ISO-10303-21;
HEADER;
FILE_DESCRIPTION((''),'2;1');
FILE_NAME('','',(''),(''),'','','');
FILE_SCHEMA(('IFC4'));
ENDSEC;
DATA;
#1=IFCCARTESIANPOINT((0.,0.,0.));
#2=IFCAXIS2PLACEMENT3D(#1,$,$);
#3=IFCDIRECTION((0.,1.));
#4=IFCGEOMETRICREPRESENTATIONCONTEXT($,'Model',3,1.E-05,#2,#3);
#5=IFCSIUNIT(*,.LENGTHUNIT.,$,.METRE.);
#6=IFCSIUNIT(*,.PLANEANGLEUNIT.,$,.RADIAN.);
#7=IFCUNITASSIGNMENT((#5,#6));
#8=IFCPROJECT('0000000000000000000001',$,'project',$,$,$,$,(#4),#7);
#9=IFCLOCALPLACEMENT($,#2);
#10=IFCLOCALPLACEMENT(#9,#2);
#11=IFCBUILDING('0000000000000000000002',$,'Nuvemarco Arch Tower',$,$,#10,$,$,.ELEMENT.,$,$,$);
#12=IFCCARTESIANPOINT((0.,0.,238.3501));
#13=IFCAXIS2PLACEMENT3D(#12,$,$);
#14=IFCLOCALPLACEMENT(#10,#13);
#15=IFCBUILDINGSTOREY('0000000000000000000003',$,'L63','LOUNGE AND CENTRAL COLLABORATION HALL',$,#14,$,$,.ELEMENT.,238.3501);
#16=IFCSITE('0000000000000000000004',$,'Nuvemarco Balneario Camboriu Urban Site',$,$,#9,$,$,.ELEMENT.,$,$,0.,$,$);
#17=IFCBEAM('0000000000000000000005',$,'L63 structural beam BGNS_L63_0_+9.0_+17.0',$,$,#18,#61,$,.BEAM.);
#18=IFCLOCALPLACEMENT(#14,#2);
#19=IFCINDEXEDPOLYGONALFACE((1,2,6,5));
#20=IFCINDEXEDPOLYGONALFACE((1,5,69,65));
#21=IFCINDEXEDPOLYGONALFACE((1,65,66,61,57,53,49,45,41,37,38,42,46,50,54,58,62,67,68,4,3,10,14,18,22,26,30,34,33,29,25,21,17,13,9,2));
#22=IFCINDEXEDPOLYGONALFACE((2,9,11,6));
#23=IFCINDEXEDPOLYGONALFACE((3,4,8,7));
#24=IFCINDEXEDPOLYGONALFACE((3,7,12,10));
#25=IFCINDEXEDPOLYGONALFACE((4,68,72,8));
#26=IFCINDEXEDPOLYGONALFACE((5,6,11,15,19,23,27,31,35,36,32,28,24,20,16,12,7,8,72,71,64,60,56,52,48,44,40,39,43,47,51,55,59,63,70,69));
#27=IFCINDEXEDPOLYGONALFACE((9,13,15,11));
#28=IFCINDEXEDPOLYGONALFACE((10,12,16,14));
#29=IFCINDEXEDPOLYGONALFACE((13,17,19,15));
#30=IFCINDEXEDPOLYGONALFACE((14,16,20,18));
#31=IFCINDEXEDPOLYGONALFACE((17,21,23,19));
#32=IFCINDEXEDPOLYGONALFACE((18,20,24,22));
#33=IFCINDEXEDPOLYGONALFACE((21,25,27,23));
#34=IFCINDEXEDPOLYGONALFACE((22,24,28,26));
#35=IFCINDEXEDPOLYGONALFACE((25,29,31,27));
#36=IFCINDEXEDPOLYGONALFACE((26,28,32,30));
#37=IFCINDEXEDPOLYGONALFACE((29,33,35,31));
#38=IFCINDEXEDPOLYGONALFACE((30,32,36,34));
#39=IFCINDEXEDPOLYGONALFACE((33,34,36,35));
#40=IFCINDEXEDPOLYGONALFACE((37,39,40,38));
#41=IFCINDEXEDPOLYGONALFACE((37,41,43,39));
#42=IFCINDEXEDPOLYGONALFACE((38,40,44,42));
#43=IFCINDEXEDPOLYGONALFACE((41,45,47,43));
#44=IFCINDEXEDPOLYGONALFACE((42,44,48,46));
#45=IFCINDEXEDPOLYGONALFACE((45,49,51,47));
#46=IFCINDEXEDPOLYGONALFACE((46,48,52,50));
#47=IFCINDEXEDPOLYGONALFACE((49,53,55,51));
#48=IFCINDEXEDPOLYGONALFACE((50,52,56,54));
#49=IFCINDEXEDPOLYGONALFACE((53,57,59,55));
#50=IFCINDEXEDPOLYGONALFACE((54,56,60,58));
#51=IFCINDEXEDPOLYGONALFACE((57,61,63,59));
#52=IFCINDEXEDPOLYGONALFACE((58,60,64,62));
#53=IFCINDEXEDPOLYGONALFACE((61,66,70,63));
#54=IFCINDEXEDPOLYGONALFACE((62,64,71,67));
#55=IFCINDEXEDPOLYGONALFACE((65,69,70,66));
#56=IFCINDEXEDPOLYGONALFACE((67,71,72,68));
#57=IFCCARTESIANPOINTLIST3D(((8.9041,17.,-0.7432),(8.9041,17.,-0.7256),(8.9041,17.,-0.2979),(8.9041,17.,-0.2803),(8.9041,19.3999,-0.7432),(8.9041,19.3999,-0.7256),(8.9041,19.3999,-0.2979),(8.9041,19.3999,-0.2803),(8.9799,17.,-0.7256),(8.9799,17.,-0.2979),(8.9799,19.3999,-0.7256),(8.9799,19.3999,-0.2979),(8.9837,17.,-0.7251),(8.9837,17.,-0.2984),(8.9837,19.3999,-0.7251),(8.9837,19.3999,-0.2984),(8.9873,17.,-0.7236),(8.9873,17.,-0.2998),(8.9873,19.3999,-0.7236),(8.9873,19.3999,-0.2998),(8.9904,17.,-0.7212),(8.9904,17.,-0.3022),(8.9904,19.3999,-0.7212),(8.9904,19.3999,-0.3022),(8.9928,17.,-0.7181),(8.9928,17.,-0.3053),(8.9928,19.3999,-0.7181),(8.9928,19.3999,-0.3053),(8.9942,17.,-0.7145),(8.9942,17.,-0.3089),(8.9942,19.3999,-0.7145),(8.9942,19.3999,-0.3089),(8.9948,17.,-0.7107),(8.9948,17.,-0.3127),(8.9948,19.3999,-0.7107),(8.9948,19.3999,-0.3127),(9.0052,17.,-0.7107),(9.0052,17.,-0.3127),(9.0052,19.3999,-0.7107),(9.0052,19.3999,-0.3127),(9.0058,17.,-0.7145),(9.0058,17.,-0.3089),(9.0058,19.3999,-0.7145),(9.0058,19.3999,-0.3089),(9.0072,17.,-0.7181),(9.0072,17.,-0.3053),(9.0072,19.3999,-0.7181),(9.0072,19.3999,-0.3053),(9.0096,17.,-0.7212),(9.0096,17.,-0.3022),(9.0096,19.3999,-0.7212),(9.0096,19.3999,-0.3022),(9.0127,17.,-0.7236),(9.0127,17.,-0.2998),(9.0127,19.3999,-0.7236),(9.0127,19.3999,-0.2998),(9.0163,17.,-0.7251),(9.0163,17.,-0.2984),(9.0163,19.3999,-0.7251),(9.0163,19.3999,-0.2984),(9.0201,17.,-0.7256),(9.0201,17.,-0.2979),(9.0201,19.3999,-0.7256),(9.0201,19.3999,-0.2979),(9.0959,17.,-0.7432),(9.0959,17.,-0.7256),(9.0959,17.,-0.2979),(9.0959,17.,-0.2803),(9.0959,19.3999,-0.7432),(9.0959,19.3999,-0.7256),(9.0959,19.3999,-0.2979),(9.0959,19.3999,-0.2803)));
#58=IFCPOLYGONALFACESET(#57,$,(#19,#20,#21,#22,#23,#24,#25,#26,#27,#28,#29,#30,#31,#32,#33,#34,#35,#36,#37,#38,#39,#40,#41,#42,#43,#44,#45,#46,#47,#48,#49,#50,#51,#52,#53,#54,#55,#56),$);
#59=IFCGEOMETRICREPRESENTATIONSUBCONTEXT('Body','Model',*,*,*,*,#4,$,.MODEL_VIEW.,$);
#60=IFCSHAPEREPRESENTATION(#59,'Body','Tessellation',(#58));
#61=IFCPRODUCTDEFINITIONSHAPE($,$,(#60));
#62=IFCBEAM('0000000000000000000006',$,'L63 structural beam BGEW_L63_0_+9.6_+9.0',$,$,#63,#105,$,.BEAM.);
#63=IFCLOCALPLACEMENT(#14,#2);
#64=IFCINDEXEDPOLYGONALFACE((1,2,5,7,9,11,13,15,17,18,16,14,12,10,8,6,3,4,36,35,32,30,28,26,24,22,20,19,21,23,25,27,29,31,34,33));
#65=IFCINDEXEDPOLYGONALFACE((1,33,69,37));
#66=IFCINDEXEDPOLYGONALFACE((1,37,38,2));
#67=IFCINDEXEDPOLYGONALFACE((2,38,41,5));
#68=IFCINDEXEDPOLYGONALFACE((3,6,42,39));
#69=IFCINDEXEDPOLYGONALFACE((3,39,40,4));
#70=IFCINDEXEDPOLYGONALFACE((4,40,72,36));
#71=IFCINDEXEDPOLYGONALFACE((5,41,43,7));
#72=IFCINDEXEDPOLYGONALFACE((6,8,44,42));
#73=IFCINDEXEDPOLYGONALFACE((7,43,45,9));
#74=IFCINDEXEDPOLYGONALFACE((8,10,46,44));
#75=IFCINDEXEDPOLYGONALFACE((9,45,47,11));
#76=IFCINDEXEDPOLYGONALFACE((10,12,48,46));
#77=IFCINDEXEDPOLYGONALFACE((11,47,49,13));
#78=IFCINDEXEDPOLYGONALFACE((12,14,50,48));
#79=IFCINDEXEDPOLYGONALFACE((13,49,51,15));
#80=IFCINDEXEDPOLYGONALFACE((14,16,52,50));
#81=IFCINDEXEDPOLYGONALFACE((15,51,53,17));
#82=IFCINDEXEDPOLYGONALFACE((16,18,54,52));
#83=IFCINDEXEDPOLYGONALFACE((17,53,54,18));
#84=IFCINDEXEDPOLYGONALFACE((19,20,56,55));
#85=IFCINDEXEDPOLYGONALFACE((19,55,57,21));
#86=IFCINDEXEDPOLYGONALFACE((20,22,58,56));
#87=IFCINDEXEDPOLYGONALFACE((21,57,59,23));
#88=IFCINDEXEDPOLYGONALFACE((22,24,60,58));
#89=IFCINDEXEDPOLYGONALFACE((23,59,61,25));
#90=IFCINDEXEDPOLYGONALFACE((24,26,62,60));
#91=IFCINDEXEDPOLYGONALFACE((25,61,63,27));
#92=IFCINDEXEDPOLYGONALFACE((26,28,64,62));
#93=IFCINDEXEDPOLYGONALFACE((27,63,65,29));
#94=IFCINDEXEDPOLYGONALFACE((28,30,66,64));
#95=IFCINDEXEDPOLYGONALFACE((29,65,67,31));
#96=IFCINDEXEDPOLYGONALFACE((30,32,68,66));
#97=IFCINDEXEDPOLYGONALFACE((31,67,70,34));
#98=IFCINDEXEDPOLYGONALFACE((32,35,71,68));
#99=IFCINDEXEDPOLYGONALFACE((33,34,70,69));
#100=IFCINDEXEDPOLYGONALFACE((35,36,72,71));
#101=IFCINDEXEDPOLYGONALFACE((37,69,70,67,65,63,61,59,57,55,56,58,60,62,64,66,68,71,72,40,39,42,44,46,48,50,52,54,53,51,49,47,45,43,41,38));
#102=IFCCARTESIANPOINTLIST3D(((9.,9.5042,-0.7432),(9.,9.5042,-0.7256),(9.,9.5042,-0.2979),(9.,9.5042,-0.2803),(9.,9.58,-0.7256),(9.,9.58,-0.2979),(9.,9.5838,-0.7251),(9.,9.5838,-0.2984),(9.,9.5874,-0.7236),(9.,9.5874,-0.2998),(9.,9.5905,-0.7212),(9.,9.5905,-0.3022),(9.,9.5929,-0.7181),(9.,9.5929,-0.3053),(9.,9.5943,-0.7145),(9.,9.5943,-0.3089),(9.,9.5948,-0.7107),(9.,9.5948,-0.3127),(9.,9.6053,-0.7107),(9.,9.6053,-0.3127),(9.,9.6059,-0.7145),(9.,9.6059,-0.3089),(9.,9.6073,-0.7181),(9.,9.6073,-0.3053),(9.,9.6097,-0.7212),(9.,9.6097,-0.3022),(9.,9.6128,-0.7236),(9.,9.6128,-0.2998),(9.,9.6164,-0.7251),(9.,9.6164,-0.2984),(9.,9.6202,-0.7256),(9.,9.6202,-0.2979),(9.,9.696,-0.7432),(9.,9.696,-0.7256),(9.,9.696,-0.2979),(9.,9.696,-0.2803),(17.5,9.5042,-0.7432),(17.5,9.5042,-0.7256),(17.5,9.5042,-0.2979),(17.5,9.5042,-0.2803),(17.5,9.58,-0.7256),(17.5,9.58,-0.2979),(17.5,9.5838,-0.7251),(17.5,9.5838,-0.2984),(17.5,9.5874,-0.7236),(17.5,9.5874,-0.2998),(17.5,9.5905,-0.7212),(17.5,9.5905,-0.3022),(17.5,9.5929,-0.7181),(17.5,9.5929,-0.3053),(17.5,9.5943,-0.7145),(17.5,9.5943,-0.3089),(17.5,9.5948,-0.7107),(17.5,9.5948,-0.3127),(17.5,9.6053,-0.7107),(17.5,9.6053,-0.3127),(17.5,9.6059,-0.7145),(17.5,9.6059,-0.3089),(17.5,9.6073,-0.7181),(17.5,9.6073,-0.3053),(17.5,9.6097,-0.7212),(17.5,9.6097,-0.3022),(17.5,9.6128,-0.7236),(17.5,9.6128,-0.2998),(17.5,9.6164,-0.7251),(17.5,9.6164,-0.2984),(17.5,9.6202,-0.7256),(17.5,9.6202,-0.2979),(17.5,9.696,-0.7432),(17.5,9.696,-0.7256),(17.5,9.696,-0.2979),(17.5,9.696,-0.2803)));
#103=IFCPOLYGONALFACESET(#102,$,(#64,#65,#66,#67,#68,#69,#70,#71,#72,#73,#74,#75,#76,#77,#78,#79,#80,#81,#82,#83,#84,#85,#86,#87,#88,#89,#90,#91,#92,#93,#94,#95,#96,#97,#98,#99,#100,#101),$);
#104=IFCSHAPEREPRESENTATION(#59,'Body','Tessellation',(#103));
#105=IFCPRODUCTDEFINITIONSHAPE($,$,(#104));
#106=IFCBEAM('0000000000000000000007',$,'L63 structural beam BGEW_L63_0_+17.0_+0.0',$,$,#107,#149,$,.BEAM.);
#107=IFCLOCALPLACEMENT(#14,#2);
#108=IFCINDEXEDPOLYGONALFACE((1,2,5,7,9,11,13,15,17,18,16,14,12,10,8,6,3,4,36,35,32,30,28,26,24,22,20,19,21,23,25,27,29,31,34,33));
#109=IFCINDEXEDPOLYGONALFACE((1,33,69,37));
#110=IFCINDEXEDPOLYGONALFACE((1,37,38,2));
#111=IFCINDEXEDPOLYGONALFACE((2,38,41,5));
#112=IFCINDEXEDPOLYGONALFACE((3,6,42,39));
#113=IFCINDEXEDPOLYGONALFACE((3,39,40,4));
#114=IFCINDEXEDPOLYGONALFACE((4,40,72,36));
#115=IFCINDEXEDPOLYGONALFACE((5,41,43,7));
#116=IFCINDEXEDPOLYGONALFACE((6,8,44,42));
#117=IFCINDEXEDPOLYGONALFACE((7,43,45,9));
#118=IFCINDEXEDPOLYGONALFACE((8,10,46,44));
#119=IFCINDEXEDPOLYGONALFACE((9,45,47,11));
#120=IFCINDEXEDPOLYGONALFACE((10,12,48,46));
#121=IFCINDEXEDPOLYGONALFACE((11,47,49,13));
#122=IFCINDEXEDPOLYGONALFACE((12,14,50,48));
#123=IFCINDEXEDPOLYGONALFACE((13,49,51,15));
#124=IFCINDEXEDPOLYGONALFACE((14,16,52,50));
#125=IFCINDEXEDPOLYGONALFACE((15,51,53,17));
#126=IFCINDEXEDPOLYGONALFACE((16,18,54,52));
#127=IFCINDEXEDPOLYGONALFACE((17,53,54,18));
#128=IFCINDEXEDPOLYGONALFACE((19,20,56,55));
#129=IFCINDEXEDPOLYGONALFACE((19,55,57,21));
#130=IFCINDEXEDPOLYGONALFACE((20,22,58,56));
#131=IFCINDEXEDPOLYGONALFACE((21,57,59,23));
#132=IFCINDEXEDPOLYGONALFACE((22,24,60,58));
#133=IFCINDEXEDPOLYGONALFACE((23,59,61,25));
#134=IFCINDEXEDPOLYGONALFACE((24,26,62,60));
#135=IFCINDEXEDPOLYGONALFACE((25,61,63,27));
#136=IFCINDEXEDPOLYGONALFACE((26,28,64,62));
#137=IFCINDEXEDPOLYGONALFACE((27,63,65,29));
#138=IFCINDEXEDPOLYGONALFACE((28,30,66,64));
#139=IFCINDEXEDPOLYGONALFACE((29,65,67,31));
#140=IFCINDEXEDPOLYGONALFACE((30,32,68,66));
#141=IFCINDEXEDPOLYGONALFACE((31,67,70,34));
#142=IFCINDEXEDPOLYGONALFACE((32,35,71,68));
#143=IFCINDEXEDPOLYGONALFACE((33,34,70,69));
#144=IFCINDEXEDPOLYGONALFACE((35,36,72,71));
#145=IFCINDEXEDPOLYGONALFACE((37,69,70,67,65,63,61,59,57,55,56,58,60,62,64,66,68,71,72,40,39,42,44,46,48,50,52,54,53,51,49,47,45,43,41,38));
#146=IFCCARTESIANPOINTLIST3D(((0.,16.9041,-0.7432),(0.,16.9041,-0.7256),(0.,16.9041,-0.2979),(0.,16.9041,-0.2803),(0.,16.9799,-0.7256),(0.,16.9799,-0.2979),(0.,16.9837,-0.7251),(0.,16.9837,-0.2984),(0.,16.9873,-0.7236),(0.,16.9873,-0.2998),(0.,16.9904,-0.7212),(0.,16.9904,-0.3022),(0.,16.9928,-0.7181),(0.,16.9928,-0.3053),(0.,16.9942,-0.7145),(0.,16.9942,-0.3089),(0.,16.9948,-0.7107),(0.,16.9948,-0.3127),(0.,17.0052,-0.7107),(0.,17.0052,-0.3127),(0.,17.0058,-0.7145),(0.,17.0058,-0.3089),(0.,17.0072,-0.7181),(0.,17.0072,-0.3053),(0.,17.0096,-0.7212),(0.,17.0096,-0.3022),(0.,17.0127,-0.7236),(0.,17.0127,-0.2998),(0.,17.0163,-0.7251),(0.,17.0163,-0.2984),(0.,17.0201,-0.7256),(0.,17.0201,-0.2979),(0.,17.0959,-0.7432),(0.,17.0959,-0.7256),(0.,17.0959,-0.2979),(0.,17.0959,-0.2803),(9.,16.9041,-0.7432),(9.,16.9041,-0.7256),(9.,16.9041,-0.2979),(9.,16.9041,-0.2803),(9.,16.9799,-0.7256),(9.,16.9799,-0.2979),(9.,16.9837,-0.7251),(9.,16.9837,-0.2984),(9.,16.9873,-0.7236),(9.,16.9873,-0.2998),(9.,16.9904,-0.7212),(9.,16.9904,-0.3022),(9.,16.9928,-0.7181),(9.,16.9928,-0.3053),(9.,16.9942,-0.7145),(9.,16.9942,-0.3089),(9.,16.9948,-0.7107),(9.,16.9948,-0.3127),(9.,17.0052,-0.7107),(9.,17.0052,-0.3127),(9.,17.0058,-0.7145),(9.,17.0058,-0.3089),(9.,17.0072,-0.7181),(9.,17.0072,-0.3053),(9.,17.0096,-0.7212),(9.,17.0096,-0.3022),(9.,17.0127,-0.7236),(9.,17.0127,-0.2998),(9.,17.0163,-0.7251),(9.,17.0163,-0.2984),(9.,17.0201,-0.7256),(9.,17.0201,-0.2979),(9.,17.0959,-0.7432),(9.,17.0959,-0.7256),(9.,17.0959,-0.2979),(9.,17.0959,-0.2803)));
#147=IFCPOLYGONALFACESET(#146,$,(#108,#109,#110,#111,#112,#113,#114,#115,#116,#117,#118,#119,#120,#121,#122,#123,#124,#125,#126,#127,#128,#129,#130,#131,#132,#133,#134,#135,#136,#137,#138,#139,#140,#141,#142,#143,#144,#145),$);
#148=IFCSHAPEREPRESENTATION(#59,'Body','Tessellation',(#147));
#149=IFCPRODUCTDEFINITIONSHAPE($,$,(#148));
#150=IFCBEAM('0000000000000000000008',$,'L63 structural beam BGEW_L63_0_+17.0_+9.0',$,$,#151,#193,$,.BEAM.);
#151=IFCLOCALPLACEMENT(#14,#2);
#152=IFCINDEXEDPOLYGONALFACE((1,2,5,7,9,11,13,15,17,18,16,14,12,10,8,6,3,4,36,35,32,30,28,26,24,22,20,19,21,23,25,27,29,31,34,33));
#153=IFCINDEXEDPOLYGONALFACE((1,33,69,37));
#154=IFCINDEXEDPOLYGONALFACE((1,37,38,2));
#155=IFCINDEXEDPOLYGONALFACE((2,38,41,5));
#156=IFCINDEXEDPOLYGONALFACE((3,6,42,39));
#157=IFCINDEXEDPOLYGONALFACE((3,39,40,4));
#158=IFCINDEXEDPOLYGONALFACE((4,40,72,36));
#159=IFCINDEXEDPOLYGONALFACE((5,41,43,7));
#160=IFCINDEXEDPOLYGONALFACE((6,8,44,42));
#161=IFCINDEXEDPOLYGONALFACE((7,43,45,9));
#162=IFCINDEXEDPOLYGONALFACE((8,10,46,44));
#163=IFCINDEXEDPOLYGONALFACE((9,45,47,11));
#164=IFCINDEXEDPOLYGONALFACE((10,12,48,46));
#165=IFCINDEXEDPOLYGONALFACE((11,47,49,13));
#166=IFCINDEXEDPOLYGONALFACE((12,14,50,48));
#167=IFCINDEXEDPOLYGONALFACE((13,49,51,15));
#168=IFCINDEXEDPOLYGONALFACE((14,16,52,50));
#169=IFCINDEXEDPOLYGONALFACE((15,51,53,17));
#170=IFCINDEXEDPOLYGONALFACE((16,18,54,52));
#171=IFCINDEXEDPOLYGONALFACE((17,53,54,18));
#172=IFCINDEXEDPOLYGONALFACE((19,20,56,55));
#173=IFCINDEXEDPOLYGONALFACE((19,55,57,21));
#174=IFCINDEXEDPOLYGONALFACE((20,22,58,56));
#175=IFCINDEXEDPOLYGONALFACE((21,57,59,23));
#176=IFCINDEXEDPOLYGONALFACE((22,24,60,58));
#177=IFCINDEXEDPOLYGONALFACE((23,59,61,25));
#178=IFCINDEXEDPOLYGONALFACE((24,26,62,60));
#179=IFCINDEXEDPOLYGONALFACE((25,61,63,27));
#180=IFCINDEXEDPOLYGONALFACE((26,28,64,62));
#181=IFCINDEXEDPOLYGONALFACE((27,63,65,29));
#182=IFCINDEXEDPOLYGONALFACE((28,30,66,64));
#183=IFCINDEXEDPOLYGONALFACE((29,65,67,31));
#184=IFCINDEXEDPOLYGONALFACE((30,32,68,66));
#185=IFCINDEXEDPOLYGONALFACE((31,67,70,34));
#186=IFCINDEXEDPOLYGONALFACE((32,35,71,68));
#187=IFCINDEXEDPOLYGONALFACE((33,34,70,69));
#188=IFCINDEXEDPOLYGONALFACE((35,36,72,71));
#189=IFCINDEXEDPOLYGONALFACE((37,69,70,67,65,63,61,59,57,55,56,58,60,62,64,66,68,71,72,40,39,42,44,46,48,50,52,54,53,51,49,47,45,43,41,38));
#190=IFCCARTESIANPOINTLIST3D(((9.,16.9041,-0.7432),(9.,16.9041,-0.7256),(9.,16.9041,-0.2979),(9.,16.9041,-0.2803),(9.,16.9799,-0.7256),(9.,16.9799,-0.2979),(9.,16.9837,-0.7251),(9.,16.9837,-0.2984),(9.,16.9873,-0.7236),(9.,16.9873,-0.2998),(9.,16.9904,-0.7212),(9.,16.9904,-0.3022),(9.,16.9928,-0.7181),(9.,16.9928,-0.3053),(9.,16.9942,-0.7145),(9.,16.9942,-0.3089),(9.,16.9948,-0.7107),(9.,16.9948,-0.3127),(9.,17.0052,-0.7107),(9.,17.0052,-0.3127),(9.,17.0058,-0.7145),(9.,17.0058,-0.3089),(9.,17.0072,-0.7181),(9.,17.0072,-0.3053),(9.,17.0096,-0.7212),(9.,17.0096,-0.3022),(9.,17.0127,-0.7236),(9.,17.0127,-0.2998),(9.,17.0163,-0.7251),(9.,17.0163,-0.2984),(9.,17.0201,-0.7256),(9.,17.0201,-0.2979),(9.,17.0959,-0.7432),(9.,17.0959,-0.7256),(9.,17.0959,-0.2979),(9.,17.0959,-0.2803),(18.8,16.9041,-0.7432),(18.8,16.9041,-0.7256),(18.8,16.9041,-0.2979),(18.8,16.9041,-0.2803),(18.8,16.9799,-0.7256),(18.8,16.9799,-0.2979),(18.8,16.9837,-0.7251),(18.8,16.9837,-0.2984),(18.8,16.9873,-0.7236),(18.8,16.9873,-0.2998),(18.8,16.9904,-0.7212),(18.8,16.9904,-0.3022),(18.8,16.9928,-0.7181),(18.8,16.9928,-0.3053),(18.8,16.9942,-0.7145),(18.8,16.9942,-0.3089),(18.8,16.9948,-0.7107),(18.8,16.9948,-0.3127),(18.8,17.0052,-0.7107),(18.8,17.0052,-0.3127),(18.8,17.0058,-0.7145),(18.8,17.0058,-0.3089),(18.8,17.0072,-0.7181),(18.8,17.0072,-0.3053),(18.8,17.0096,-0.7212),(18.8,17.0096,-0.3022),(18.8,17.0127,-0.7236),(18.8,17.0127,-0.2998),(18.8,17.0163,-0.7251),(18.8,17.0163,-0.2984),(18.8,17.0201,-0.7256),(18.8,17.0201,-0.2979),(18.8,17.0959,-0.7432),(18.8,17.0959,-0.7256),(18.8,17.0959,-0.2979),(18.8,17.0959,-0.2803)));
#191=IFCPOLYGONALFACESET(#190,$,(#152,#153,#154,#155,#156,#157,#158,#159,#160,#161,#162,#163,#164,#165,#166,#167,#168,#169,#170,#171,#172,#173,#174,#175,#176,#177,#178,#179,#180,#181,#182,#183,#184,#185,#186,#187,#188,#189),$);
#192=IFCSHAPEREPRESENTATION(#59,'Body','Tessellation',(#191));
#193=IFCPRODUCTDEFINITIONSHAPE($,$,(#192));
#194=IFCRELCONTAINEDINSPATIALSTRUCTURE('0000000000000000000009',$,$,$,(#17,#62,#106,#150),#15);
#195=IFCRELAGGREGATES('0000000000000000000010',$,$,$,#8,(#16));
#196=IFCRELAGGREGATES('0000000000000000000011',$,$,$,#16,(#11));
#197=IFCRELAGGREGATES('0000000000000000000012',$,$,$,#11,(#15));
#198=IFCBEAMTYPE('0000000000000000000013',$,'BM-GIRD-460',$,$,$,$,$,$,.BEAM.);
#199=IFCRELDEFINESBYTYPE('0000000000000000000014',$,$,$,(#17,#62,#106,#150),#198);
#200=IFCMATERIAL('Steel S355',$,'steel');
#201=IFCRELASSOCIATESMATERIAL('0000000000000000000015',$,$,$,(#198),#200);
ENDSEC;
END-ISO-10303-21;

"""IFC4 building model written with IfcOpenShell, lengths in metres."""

from ifc_helpers import new_model, si_unit, direction, frame, origin, origin_2d, place, context, subcontext, project, spatial, i_section, extrude, material, material_profile, profile_set, type_object, element, save


model = new_model("IFC4")

# Units and contexts
model_context = context("Model", 3, precision=1e-05, world=origin(), true_north=direction((0.0, 1.0)))
body_context = subcontext(model_context, "Body", "Model", "MODEL_VIEW")
ifc_project = project(units=[si_unit("LENGTHUNIT", "METRE"), si_unit("PLANEANGLEUNIT", "RADIAN")], contexts=[model_context])

# Site, building, storey
site_placement = place(None, origin())
site = spatial("IfcSite", under=ifc_project, at=site_placement, Name="Nuvemarco Balneario Camboriu Urban Site", CompositionType="ELEMENT", RefElevation=0.0)
building_placement = place(site_placement, origin())
building = spatial("IfcBuilding", under=site, at=building_placement, Name="Nuvemarco Arch Tower", CompositionType="ELEMENT")
storey_placement = place(building_placement, frame((0.0, 0.0, 238.3501)))
storey = spatial("IfcBuildingStorey", under=building, at=storey_placement, Name="L63", Description="LOUNGE AND CENTRAL COLLABORATION HALL", CompositionType="ELEMENT", Elevation=238.3501)

# Shared definitions
ifc_material_1 = material(Name="Steel S355", Category="steel")

# Beams
ifc_material_profile_1 = material_profile(ifc_material_1, i_section(OverallWidth=0.1919, OverallDepth=0.4629, WebThickness=0.0105, FlangeThickness=0.0176, FilletRadius=0.0149, at=origin_2d()), Name="W460x89")
ifc_profile_set_1 = profile_set([ifc_material_profile_1], Name="Steel S355")
beam_type_1 = type_object("IfcBeamType", Name="BM-GIRD-460", PredefinedType="BEAM", material=ifc_profile_set_1)
beam_1_placement = place(storey_placement, frame((9.0, 17.0, -0.5117), z_axis=(0.0, 1.0, 0.0), x_axis=(-1.0, 0.0, 0.0)))
element("IfcBeam", 1, at=beam_1_placement, inside=storey, type_object=beam_type_1, Name="L63 structural beam BGNS_L63_0_+9.0_+17.0", PredefinedType="BEAM", context=body_context, shape_type="SweptSolid", body=[
    extrude(i_section(OverallWidth=0.1919, OverallDepth=0.4629, WebThickness=0.0105, FlangeThickness=0.0176, FilletRadius=0.0149, at=origin_2d()), origin(), (0.0, 0.0, 1.0), 2.3999),
])
beam_2_placement = place(storey_placement, frame((9.0, 9.6001, -0.5117), z_axis=(1.0, 0.0, 0.0), x_axis=(0.0, 1.0, 0.0)))
element("IfcBeam", 2, at=beam_2_placement, inside=storey, type_object=beam_type_1, Name="L63 structural beam BGEW_L63_0_+9.6_+9.0", PredefinedType="BEAM", context=body_context, shape_type="SweptSolid", body=[
    extrude(i_section(OverallWidth=0.1919, OverallDepth=0.4629, WebThickness=0.0105, FlangeThickness=0.0176, FilletRadius=0.0149, at=origin_2d()), origin(), (0.0, 0.0, 1.0), 8.5),
])
beam_3_placement = place(storey_placement, frame((0.0, 17.0, -0.5117), z_axis=(1.0, 0.0, 0.0), x_axis=(0.0, 1.0, 0.0)))
element("IfcBeam", 3, at=beam_3_placement, inside=storey, type_object=beam_type_1, Name="L63 structural beam BGEW_L63_0_+17.0_+0.0", PredefinedType="BEAM", context=body_context, shape_type="SweptSolid", body=[
    extrude(i_section(OverallWidth=0.1919, OverallDepth=0.4629, WebThickness=0.0105, FlangeThickness=0.0176, FilletRadius=0.0149, at=origin_2d()), origin(), (0.0, 0.0, 1.0), 9.0),
])
beam_4_placement = place(storey_placement, frame((9.0, 17.0, -0.5117), z_axis=(1.0, 0.0, 0.0), x_axis=(0.0, 1.0, 0.0)))
element("IfcBeam", 4, at=beam_4_placement, inside=storey, type_object=beam_type_1, Name="L63 structural beam BGEW_L63_0_+17.0_+9.0", PredefinedType="BEAM", context=body_context, shape_type="SweptSolid", body=[
    extrude(i_section(OverallWidth=0.1919, OverallDepth=0.4629, WebThickness=0.0105, FlangeThickness=0.0176, FilletRadius=0.0149, at=origin_2d()), origin(), (0.0, 0.0, 1.0), 9.8),
])

save(model, "model.ifc")
